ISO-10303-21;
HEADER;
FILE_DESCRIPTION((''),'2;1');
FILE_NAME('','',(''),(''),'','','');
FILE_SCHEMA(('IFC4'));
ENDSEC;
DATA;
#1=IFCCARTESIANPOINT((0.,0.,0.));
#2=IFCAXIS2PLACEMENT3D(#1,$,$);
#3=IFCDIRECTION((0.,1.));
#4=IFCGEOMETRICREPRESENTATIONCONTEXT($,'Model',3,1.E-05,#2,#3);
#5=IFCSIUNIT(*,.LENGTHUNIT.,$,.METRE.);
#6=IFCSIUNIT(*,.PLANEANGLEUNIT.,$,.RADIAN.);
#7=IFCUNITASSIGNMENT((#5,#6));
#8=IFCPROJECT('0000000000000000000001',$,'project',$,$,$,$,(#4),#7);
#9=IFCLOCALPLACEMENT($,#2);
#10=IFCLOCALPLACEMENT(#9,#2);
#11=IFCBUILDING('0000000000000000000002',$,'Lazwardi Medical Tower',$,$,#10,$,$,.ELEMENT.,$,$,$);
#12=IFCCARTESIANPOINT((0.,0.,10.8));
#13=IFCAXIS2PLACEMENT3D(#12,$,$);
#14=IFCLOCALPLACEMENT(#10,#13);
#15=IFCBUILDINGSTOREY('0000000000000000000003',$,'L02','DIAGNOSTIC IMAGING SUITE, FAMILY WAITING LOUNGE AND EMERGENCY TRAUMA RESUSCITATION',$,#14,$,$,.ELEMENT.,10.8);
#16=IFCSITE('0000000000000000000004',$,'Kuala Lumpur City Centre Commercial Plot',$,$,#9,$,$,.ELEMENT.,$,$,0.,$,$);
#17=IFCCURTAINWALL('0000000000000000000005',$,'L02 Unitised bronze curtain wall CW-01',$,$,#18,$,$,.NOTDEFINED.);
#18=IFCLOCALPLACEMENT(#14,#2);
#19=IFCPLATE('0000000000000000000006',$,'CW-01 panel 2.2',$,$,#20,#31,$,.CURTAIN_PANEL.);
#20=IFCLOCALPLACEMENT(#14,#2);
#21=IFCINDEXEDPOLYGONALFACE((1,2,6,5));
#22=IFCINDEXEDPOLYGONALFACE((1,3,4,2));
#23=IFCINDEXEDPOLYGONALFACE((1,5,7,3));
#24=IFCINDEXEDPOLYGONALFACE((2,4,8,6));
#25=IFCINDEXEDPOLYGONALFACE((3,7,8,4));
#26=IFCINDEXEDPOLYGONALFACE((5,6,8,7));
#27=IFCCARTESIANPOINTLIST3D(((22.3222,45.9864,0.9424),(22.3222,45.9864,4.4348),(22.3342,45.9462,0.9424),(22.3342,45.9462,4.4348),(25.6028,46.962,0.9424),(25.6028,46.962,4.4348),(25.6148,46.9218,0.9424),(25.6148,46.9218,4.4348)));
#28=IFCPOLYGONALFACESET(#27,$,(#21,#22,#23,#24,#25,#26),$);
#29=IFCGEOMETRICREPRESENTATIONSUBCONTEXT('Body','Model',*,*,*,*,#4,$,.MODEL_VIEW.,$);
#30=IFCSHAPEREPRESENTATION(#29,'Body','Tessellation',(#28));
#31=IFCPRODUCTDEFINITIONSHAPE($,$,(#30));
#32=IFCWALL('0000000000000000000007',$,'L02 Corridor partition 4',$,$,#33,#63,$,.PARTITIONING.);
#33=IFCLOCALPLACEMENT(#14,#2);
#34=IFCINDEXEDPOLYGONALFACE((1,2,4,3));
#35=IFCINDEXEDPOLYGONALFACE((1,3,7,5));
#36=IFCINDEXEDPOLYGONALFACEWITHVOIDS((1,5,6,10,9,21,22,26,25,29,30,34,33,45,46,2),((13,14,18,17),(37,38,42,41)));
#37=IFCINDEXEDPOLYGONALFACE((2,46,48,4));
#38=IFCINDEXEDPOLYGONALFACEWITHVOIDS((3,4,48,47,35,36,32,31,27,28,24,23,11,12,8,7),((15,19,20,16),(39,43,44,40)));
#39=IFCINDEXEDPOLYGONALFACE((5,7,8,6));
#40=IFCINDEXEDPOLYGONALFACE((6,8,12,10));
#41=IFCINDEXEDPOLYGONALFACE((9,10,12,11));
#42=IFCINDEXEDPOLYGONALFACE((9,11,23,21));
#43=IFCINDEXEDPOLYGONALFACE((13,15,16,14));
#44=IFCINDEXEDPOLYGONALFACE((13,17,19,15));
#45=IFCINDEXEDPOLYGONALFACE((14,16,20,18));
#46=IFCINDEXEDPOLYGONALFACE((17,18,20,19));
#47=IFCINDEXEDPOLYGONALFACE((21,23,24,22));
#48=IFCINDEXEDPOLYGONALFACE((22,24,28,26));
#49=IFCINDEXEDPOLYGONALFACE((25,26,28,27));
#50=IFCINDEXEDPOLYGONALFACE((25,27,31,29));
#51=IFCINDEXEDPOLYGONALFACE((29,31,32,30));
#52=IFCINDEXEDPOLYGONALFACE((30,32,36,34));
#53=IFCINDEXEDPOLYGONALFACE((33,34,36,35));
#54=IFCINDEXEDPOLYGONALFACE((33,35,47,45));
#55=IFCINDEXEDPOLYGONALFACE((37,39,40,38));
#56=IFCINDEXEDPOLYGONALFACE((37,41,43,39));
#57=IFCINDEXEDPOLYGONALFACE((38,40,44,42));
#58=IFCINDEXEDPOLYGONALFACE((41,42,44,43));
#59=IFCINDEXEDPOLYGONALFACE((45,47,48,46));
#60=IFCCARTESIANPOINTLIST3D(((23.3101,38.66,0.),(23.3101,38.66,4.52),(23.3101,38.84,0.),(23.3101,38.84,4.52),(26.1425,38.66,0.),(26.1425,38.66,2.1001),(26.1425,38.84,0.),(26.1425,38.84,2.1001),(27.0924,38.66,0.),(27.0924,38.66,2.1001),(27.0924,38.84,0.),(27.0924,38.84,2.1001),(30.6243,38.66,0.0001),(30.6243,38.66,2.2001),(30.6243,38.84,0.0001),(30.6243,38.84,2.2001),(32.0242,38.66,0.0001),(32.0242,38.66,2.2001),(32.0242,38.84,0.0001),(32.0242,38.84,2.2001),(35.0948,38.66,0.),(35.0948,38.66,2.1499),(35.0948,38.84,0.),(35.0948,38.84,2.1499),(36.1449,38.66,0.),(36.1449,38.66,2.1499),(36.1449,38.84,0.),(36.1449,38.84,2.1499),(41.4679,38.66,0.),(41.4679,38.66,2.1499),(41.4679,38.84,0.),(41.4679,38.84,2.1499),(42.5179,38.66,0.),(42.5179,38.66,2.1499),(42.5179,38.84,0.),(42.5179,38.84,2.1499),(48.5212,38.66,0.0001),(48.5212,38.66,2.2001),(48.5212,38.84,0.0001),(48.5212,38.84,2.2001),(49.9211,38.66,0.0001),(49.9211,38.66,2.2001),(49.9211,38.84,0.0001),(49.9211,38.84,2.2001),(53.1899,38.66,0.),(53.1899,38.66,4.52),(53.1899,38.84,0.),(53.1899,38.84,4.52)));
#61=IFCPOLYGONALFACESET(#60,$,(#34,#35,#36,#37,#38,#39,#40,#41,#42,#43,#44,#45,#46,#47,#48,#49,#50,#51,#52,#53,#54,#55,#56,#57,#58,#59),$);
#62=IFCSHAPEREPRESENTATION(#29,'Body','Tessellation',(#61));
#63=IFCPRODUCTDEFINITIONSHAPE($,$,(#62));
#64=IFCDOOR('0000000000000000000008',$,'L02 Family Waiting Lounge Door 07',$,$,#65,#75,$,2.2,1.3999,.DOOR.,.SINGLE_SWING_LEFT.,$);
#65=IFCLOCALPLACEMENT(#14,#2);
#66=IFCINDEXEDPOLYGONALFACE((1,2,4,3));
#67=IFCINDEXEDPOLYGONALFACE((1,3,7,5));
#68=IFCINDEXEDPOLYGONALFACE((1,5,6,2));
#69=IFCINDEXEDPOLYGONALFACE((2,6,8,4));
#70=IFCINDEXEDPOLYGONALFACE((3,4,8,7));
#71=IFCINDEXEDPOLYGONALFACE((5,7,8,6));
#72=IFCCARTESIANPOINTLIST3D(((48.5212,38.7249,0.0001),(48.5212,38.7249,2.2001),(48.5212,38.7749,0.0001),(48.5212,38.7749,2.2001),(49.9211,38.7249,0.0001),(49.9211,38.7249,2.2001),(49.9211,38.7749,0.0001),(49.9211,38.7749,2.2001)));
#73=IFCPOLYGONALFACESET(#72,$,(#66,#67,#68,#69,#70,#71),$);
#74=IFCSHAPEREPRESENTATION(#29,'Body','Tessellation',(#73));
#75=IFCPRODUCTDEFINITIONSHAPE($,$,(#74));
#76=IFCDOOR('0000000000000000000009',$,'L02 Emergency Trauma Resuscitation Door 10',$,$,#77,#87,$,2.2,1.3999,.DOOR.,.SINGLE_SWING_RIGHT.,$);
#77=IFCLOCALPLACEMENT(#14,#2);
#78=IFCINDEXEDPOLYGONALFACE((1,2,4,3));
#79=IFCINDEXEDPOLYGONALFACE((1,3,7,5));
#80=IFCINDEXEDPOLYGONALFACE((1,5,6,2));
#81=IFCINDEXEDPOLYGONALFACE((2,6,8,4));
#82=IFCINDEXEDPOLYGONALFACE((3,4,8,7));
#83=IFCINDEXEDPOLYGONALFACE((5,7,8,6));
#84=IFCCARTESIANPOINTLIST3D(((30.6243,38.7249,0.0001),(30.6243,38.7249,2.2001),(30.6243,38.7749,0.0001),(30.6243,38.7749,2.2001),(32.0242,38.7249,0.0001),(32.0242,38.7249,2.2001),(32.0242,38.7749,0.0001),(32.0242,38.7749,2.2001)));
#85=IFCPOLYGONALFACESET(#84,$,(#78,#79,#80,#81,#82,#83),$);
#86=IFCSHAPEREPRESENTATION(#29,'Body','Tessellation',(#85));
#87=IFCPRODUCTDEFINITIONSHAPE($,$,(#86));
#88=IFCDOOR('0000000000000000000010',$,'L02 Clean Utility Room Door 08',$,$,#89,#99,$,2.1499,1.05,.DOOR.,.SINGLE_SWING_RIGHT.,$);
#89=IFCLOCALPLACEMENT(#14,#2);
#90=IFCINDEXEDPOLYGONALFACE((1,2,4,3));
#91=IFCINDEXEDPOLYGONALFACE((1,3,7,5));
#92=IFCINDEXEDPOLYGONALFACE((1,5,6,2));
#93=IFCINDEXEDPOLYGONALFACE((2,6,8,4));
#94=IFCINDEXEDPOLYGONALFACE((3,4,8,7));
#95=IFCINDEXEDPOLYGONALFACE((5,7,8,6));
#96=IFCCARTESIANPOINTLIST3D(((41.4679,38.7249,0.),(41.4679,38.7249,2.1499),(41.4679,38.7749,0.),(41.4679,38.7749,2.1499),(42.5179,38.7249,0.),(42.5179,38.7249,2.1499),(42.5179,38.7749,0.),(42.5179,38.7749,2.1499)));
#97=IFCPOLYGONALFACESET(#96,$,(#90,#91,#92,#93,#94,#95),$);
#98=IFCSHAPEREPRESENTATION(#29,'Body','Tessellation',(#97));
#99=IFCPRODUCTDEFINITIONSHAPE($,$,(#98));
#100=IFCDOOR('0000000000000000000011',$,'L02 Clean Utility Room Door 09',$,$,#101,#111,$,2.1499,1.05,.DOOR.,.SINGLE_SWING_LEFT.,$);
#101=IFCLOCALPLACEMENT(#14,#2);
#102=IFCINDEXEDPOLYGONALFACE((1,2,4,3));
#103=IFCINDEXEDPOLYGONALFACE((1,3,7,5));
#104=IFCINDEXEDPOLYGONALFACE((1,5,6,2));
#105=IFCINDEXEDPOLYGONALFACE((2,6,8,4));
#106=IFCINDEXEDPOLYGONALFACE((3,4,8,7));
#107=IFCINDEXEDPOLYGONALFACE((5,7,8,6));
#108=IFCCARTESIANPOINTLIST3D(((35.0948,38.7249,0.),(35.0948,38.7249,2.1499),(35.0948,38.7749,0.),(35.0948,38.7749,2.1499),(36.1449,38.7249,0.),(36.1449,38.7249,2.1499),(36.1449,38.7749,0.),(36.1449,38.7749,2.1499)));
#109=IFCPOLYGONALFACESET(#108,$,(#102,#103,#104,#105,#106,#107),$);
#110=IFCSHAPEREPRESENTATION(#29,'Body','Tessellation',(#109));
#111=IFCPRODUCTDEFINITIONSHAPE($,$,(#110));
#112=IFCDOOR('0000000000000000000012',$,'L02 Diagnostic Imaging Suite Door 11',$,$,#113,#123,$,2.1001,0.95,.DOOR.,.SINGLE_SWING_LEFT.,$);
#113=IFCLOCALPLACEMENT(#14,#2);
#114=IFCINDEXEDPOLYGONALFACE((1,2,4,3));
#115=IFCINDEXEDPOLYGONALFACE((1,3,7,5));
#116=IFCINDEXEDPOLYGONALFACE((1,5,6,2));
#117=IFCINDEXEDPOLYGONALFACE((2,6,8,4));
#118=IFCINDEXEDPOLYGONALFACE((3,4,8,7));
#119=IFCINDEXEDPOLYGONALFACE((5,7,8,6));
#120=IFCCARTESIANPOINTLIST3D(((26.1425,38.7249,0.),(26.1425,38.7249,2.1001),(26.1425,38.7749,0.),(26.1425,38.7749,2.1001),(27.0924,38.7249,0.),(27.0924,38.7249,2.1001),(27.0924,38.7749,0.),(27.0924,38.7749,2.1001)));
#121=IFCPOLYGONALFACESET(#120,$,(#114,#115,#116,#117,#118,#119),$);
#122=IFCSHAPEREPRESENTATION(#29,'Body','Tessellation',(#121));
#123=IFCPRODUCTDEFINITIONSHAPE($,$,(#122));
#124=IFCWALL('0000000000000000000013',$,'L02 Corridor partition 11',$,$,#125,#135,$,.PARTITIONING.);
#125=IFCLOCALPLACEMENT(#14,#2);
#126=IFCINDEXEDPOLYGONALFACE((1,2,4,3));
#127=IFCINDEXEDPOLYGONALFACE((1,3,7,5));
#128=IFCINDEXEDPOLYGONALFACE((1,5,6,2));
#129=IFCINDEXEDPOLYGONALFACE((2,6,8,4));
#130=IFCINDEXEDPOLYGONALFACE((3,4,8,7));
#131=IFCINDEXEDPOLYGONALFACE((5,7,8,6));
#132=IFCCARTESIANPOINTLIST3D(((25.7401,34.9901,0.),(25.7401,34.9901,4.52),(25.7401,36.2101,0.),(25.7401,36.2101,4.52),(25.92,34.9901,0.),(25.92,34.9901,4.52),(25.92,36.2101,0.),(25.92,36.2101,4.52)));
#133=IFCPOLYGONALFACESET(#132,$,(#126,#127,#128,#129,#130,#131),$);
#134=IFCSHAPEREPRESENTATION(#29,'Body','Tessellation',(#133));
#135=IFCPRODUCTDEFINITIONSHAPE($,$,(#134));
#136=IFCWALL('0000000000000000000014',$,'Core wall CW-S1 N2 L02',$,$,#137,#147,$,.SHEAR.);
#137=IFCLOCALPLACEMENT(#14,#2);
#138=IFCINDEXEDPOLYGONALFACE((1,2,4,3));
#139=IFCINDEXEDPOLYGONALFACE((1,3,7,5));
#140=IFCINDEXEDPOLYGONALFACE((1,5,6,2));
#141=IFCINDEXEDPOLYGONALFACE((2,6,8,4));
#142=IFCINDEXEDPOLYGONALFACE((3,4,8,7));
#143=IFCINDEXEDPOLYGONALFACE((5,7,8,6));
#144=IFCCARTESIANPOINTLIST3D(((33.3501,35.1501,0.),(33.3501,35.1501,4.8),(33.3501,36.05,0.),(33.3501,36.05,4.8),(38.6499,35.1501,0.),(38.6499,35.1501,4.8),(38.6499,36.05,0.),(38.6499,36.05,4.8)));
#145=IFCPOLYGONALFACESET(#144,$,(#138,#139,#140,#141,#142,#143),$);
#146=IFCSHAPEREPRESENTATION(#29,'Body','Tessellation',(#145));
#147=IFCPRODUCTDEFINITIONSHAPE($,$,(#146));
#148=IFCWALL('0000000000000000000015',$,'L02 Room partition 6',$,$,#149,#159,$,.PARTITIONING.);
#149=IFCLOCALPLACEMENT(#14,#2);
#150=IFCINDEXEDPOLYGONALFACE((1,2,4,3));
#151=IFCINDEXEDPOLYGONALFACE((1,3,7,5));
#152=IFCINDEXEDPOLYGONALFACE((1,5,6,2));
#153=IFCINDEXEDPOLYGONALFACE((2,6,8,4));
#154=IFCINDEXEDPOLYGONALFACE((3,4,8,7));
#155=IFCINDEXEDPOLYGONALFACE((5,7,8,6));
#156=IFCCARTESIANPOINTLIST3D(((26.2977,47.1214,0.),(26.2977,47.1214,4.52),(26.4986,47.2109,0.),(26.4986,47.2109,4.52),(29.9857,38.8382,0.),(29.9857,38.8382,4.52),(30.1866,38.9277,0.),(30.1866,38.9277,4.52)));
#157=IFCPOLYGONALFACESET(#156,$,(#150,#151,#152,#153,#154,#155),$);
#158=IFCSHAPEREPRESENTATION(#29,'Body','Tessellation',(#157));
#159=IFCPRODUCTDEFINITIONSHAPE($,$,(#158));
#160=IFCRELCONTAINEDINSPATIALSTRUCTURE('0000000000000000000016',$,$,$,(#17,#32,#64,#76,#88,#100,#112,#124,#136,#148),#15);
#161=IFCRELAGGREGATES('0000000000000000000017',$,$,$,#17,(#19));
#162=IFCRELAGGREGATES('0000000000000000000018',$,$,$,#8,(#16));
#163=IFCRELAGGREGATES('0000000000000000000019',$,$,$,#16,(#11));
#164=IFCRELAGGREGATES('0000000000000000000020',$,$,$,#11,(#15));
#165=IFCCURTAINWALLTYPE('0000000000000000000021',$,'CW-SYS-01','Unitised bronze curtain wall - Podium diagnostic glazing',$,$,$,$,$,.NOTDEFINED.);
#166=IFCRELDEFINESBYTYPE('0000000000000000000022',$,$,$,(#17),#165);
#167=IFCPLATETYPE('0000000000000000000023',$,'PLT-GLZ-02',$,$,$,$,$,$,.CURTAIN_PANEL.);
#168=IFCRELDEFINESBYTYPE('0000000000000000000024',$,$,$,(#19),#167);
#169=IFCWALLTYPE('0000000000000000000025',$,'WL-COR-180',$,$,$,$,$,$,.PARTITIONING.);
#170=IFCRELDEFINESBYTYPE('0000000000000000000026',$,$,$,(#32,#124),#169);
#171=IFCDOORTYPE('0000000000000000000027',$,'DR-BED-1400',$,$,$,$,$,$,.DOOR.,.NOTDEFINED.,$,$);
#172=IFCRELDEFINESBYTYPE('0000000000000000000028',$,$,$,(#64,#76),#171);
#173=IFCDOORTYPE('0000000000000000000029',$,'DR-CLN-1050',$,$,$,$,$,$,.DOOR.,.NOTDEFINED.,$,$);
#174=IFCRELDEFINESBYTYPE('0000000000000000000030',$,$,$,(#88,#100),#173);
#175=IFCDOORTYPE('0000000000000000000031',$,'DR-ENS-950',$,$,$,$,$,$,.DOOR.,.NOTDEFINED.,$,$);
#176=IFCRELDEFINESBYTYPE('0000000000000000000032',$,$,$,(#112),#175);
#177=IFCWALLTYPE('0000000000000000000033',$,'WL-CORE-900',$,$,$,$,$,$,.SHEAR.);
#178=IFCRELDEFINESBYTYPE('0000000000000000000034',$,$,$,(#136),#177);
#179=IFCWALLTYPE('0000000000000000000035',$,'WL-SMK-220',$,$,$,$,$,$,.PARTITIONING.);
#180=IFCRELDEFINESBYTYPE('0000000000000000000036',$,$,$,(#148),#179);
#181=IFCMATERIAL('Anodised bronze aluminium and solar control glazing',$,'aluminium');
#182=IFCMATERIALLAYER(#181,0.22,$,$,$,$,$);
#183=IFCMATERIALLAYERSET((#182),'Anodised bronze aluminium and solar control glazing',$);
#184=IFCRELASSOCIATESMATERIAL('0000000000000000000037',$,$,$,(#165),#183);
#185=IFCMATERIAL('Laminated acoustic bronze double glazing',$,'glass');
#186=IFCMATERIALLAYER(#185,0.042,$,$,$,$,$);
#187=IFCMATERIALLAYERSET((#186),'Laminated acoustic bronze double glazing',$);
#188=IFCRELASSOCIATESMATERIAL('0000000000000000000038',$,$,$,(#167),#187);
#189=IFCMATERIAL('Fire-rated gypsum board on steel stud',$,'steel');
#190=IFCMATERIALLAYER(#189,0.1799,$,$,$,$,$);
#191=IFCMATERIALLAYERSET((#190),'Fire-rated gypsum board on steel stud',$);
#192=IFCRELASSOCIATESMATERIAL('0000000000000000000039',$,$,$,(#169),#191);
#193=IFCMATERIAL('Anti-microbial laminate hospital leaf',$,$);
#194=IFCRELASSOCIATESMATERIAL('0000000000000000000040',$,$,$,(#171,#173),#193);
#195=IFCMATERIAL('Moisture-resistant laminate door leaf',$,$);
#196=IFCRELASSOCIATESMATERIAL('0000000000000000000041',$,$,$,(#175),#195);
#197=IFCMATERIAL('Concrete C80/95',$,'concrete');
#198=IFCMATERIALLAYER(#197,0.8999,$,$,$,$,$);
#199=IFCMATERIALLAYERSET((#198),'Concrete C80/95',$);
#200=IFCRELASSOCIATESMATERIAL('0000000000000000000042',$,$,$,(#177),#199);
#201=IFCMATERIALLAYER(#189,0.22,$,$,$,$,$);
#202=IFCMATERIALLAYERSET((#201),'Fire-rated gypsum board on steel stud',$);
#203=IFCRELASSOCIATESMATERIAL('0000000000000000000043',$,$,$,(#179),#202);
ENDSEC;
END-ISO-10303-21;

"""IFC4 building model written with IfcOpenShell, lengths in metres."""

from ifc_helpers import new_model, si_unit, direction, frame, frame_2d, origin, origin_2d, place, context, subcontext, project, spatial, rectangle, extrude, material, layer, layer_set, type_object, element, fill, aggregate, save


model = new_model("IFC4")

# Units and contexts
model_context = context("Model", 3, precision=1e-05, world=origin(), true_north=direction((0.0, 1.0)))
body_context = subcontext(model_context, "Body", "Model", "MODEL_VIEW")
ifc_project = project(units=[si_unit("LENGTHUNIT", "METRE"), si_unit("PLANEANGLEUNIT", "RADIAN")], contexts=[model_context])

# Site, building, storey
site_placement = place(None, origin())
site = spatial("IfcSite", under=ifc_project, at=site_placement, Name="Kuala Lumpur City Centre Commercial Plot", CompositionType="ELEMENT", RefElevation=0.0)
building_placement = place(site_placement, origin())
building = spatial("IfcBuilding", under=site, at=building_placement, Name="Lazwardi Medical Tower", CompositionType="ELEMENT")
storey_placement = place(building_placement, frame((0.0, 0.0, 10.8)))
storey = spatial("IfcBuildingStorey", under=building, at=storey_placement, Name="L02", Description="DIAGNOSTIC IMAGING SUITE, FAMILY WAITING LOUNGE AND EMERGENCY TRAUMA RESUSCITATION", CompositionType="ELEMENT", Elevation=10.8)

# Curtain wall, plate
ifc_material_1 = material(Name="Anodised bronze aluminium and solar control glazing", Category="aluminium")
ifc_layer_1 = layer(ifc_material_1, 0.22)
ifc_layer_set_1 = layer_set([ifc_layer_1], Name="Anodised bronze aluminium and solar control glazing")
curtain_wall_type = type_object("IfcCurtainWallType", Name="CW-SYS-01", Description="Unitised bronze curtain wall - Podium diagnostic glazing", PredefinedType="NOTDEFINED", material=ifc_layer_set_1)
curtain_wall_placement = place(storey_placement, origin())
curtain_wall = element("IfcCurtainWall", 1, at=curtain_wall_placement, inside=storey, type_object=curtain_wall_type, Name="L02 Unitised bronze curtain wall CW-01", PredefinedType="NOTDEFINED")
ifc_material_2 = material(Name="Laminated acoustic bronze double glazing", Category="glass")
ifc_layer_2 = layer(ifc_material_2, 0.042)
ifc_layer_set_2 = layer_set([ifc_layer_2], Name="Laminated acoustic bronze double glazing")
plate_type_1 = type_object("IfcPlateType", Name="PLT-GLZ-02", PredefinedType="CURTAIN_PANEL", material=ifc_layer_set_2)
plate_1_placement = place(storey_placement, frame((23.9685, 46.4541, 0.9424), z_axis=(0.0, 0.0, 1.0), x_axis=(-0.958513, -0.285047, 0.0)))
plate_1 = element("IfcPlate", 2, at=plate_1_placement, type_object=plate_type_1, Name="CW-01 panel 2.2", PredefinedType="CURTAIN_PANEL", context=body_context, shape_type="SweptSolid", body=[
    extrude(rectangle(XDim=3.4226, YDim=0.042, at=origin_2d()), origin(), (0.0, 0.0, 1.0), 3.4924),
])
aggregate(curtain_wall, [plate_1])

# Wall, openings, doors
ifc_material_3 = material(Name="Fire-rated gypsum board on steel stud", Category="steel")
ifc_layer_3 = layer(ifc_material_3, 0.1799)
ifc_layer_set_3 = layer_set([ifc_layer_3], Name="Fire-rated gypsum board on steel stud")
wall_type_1 = type_object("IfcWallType", Name="WL-COR-180", PredefinedType="PARTITIONING", material=ifc_layer_set_3)
wall_1_placement = place(storey_placement, frame((23.3101, 38.75, 0.0), z_axis=(0.0, 0.0, 1.0), x_axis=(1.0, 0.0, 0.0)))
wall_1 = element("IfcWall", 3, at=wall_1_placement, inside=storey, type_object=wall_type_1, Name="L02 Corridor partition 4", PredefinedType="PARTITIONING", context=body_context, shape_type="SweptSolid", body=[
    extrude(rectangle(XDim=29.8799, YDim=0.1799, at=frame_2d((14.9399, 0.0))), origin(), (0.0, 0.0, 1.0), 4.52),
])
opening_1_placement = place(wall_1_placement, frame((25.2112, 0.0, 0.0)))
opening_1 = element("IfcOpeningElement", 4, at=opening_1_placement, cuts=wall_1, PredefinedType="OPENING", context=body_context, shape_type="SweptSolid", body=[
    extrude(rectangle(XDim=1.3999, YDim=2.2, at=frame_2d((0.7, 1.1001))), frame((0.0, 0.0999, 0.0), z_axis=(0.0, -1.0, 0.0), x_axis=(1.0, 0.0, 0.0)), (0.0, 0.0, 1.0), 0.2),
])
opening_2_placement = place(wall_1_placement, frame((18.158, 0.0, 0.0)))
opening_2 = element("IfcOpeningElement", 5, at=opening_2_placement, cuts=wall_1, PredefinedType="OPENING", context=body_context, shape_type="SweptSolid", body=[
    extrude(rectangle(XDim=1.05, YDim=2.1499, at=frame_2d((0.5249, 1.075))), frame((0.0, 0.0999, 0.0), z_axis=(0.0, -1.0, 0.0), x_axis=(1.0, 0.0, 0.0)), (0.0, 0.0, 1.0), 0.2),
])
opening_3_placement = place(wall_1_placement, frame((11.7849, 0.0, 0.0)))
opening_3 = element("IfcOpeningElement", 6, at=opening_3_placement, cuts=wall_1, PredefinedType="OPENING", context=body_context, shape_type="SweptSolid", body=[
    extrude(rectangle(XDim=1.05, YDim=2.1499, at=frame_2d((0.5249, 1.075))), frame((0.0, 0.0999, 0.0), z_axis=(0.0, -1.0, 0.0), x_axis=(1.0, 0.0, 0.0)), (0.0, 0.0, 1.0), 0.2),
])
opening_4_placement = place(wall_1_placement, frame((7.3142, 0.0, 0.0)))
opening_4 = element("IfcOpeningElement", 7, at=opening_4_placement, cuts=wall_1, PredefinedType="OPENING", context=body_context, shape_type="SweptSolid", body=[
    extrude(rectangle(XDim=1.3999, YDim=2.2, at=frame_2d((0.7, 1.1001))), frame((0.0, 0.0999, 0.0), z_axis=(0.0, -1.0, 0.0), x_axis=(1.0, 0.0, 0.0)), (0.0, 0.0, 1.0), 0.2),
])
opening_5_placement = place(wall_1_placement, frame((2.8323, 0.0, 0.0)))
opening_5 = element("IfcOpeningElement", 8, at=opening_5_placement, cuts=wall_1, PredefinedType="OPENING", context=body_context, shape_type="SweptSolid", body=[
    extrude(rectangle(XDim=0.95, YDim=2.1001, at=frame_2d((0.4751, 1.05))), frame((0.0, 0.0999, 0.0), z_axis=(0.0, -1.0, 0.0), x_axis=(1.0, 0.0, 0.0)), (0.0, 0.0, 1.0), 0.2),
])
ifc_material_4 = material(Name="Anti-microbial laminate hospital leaf")
door_type_1 = type_object("IfcDoorType", Name="DR-BED-1400", OperationType="NOTDEFINED", PredefinedType="DOOR", material=ifc_material_4)
door_1_placement = place(opening_1_placement, origin())
door_1 = element("IfcDoor", 9, at=door_1_placement, inside=storey, type_object=door_type_1, Name="L02 Family Waiting Lounge Door 07", OperationType="SINGLE_SWING_LEFT", OverallHeight=2.2, OverallWidth=1.3999, PredefinedType="DOOR", context=body_context, shape_type="SweptSolid", body=[
    extrude(rectangle(XDim=1.3999, YDim=2.2, at=frame_2d((0.7, 1.1001))), frame((0.0, 0.0249, 0.0), z_axis=(0.0, -1.0, 0.0), x_axis=(1.0, 0.0, 0.0)), (0.0, 0.0, 1.0), 0.05),
])
fill(opening_1, door_1)
door_2_placement = place(opening_4_placement, origin())
door_2 = element("IfcDoor", 10, at=door_2_placement, inside=storey, type_object=door_type_1, Name="L02 Emergency Trauma Resuscitation Door 10", OperationType="SINGLE_SWING_RIGHT", OverallHeight=2.2, OverallWidth=1.3999, PredefinedType="DOOR", context=body_context, shape_type="SweptSolid", body=[
    extrude(rectangle(XDim=1.3999, YDim=2.2, at=frame_2d((0.7, 1.1001))), frame((0.0, 0.0249, 0.0), z_axis=(0.0, -1.0, 0.0), x_axis=(1.0, 0.0, 0.0)), (0.0, 0.0, 1.0), 0.05),
])
fill(opening_4, door_2)
door_type_2 = type_object("IfcDoorType", Name="DR-CLN-1050", OperationType="NOTDEFINED", PredefinedType="DOOR", material=ifc_material_4)
door_3_placement = place(opening_2_placement, origin())
door_3 = element("IfcDoor", 11, at=door_3_placement, inside=storey, type_object=door_type_2, Name="L02 Clean Utility Room Door 08", OperationType="SINGLE_SWING_RIGHT", OverallHeight=2.1499, OverallWidth=1.05, PredefinedType="DOOR", context=body_context, shape_type="SweptSolid", body=[
    extrude(rectangle(XDim=1.05, YDim=2.1499, at=frame_2d((0.5249, 1.075))), frame((0.0, 0.0249, 0.0), z_axis=(0.0, -1.0, 0.0), x_axis=(1.0, 0.0, 0.0)), (0.0, 0.0, 1.0), 0.05),
])
fill(opening_2, door_3)
door_4_placement = place(opening_3_placement, origin())
door_4 = element("IfcDoor", 12, at=door_4_placement, inside=storey, type_object=door_type_2, Name="L02 Clean Utility Room Door 09", OperationType="SINGLE_SWING_LEFT", OverallHeight=2.1499, OverallWidth=1.05, PredefinedType="DOOR", context=body_context, shape_type="SweptSolid", body=[
    extrude(rectangle(XDim=1.05, YDim=2.1499, at=frame_2d((0.5249, 1.075))), frame((0.0, 0.0249, 0.0), z_axis=(0.0, -1.0, 0.0), x_axis=(1.0, 0.0, 0.0)), (0.0, 0.0, 1.0), 0.05),
])
fill(opening_3, door_4)
ifc_material_5 = material(Name="Moisture-resistant laminate door leaf")
door_type_3 = type_object("IfcDoorType", Name="DR-ENS-950", OperationType="NOTDEFINED", PredefinedType="DOOR", material=ifc_material_5)
door_5_placement = place(opening_5_placement, origin())
door_5 = element("IfcDoor", 13, at=door_5_placement, inside=storey, type_object=door_type_3, Name="L02 Diagnostic Imaging Suite Door 11", OperationType="SINGLE_SWING_LEFT", OverallHeight=2.1001, OverallWidth=0.95, PredefinedType="DOOR", context=body_context, shape_type="SweptSolid", body=[
    extrude(rectangle(XDim=0.95, YDim=2.1001, at=frame_2d((0.4751, 1.05))), frame((0.0, 0.0249, 0.0), z_axis=(0.0, -1.0, 0.0), x_axis=(1.0, 0.0, 0.0)), (0.0, 0.0, 1.0), 0.05),
])
fill(opening_5, door_5)

# Walls
wall_2_placement = place(storey_placement, frame((25.8301, 36.21, 0.0), z_axis=(0.0, 0.0, 1.0), x_axis=(0.0, -1.0, 0.0)))
element("IfcWall", 14, at=wall_2_placement, inside=storey, type_object=wall_type_1, Name="L02 Corridor partition 11", PredefinedType="PARTITIONING", context=body_context, shape_type="SweptSolid", body=[
    extrude(rectangle(XDim=1.22, YDim=0.1799, at=frame_2d((0.6099, 0.0))), origin(), (0.0, 0.0, 1.0), 4.52),
])
ifc_material_6 = material(Name="Concrete C80/95", Category="concrete")
ifc_layer_4 = layer(ifc_material_6, 0.8999)
ifc_layer_set_4 = layer_set([ifc_layer_4], Name="Concrete C80/95")
wall_type_2 = type_object("IfcWallType", Name="WL-CORE-900", PredefinedType="SHEAR", material=ifc_layer_set_4)
wall_3_placement = place(storey_placement, frame((33.3501, 35.6001, 0.0), z_axis=(0.0, 0.0, 1.0), x_axis=(1.0, 0.0, 0.0)))
element("IfcWall", 15, at=wall_3_placement, inside=storey, type_object=wall_type_2, Name="Core wall CW-S1 N2 L02", PredefinedType="SHEAR", context=body_context, shape_type="SweptSolid", body=[
    extrude(rectangle(XDim=5.2998, YDim=0.8999, at=frame_2d((2.6499, 0.0))), origin(), (0.0, 0.0, 1.0), 4.8),
])
ifc_layer_5 = layer(ifc_material_3, 0.22)
ifc_layer_set_5 = layer_set([ifc_layer_5], Name="Fire-rated gypsum board on steel stud")
wall_type_3 = type_object("IfcWallType", Name="WL-SMK-220", PredefinedType="PARTITIONING", material=ifc_layer_set_5)
wall_4_placement = place(storey_placement, frame((30.0862, 38.8828, 0.0), z_axis=(0.0, 0.0, 1.0), x_axis=(-0.406743, 0.913543, 0.0)))
element("IfcWall", 16, at=wall_4_placement, inside=storey, type_object=wall_type_3, Name="L02 Room partition 6", PredefinedType="PARTITIONING", context=body_context, shape_type="SweptSolid", body=[
    extrude(rectangle(XDim=9.0671, YDim=0.22, at=frame_2d((4.5337, 0.0))), origin(), (0.0, 0.0, 1.0), 4.52),
])

save(model, "model.ifc")
